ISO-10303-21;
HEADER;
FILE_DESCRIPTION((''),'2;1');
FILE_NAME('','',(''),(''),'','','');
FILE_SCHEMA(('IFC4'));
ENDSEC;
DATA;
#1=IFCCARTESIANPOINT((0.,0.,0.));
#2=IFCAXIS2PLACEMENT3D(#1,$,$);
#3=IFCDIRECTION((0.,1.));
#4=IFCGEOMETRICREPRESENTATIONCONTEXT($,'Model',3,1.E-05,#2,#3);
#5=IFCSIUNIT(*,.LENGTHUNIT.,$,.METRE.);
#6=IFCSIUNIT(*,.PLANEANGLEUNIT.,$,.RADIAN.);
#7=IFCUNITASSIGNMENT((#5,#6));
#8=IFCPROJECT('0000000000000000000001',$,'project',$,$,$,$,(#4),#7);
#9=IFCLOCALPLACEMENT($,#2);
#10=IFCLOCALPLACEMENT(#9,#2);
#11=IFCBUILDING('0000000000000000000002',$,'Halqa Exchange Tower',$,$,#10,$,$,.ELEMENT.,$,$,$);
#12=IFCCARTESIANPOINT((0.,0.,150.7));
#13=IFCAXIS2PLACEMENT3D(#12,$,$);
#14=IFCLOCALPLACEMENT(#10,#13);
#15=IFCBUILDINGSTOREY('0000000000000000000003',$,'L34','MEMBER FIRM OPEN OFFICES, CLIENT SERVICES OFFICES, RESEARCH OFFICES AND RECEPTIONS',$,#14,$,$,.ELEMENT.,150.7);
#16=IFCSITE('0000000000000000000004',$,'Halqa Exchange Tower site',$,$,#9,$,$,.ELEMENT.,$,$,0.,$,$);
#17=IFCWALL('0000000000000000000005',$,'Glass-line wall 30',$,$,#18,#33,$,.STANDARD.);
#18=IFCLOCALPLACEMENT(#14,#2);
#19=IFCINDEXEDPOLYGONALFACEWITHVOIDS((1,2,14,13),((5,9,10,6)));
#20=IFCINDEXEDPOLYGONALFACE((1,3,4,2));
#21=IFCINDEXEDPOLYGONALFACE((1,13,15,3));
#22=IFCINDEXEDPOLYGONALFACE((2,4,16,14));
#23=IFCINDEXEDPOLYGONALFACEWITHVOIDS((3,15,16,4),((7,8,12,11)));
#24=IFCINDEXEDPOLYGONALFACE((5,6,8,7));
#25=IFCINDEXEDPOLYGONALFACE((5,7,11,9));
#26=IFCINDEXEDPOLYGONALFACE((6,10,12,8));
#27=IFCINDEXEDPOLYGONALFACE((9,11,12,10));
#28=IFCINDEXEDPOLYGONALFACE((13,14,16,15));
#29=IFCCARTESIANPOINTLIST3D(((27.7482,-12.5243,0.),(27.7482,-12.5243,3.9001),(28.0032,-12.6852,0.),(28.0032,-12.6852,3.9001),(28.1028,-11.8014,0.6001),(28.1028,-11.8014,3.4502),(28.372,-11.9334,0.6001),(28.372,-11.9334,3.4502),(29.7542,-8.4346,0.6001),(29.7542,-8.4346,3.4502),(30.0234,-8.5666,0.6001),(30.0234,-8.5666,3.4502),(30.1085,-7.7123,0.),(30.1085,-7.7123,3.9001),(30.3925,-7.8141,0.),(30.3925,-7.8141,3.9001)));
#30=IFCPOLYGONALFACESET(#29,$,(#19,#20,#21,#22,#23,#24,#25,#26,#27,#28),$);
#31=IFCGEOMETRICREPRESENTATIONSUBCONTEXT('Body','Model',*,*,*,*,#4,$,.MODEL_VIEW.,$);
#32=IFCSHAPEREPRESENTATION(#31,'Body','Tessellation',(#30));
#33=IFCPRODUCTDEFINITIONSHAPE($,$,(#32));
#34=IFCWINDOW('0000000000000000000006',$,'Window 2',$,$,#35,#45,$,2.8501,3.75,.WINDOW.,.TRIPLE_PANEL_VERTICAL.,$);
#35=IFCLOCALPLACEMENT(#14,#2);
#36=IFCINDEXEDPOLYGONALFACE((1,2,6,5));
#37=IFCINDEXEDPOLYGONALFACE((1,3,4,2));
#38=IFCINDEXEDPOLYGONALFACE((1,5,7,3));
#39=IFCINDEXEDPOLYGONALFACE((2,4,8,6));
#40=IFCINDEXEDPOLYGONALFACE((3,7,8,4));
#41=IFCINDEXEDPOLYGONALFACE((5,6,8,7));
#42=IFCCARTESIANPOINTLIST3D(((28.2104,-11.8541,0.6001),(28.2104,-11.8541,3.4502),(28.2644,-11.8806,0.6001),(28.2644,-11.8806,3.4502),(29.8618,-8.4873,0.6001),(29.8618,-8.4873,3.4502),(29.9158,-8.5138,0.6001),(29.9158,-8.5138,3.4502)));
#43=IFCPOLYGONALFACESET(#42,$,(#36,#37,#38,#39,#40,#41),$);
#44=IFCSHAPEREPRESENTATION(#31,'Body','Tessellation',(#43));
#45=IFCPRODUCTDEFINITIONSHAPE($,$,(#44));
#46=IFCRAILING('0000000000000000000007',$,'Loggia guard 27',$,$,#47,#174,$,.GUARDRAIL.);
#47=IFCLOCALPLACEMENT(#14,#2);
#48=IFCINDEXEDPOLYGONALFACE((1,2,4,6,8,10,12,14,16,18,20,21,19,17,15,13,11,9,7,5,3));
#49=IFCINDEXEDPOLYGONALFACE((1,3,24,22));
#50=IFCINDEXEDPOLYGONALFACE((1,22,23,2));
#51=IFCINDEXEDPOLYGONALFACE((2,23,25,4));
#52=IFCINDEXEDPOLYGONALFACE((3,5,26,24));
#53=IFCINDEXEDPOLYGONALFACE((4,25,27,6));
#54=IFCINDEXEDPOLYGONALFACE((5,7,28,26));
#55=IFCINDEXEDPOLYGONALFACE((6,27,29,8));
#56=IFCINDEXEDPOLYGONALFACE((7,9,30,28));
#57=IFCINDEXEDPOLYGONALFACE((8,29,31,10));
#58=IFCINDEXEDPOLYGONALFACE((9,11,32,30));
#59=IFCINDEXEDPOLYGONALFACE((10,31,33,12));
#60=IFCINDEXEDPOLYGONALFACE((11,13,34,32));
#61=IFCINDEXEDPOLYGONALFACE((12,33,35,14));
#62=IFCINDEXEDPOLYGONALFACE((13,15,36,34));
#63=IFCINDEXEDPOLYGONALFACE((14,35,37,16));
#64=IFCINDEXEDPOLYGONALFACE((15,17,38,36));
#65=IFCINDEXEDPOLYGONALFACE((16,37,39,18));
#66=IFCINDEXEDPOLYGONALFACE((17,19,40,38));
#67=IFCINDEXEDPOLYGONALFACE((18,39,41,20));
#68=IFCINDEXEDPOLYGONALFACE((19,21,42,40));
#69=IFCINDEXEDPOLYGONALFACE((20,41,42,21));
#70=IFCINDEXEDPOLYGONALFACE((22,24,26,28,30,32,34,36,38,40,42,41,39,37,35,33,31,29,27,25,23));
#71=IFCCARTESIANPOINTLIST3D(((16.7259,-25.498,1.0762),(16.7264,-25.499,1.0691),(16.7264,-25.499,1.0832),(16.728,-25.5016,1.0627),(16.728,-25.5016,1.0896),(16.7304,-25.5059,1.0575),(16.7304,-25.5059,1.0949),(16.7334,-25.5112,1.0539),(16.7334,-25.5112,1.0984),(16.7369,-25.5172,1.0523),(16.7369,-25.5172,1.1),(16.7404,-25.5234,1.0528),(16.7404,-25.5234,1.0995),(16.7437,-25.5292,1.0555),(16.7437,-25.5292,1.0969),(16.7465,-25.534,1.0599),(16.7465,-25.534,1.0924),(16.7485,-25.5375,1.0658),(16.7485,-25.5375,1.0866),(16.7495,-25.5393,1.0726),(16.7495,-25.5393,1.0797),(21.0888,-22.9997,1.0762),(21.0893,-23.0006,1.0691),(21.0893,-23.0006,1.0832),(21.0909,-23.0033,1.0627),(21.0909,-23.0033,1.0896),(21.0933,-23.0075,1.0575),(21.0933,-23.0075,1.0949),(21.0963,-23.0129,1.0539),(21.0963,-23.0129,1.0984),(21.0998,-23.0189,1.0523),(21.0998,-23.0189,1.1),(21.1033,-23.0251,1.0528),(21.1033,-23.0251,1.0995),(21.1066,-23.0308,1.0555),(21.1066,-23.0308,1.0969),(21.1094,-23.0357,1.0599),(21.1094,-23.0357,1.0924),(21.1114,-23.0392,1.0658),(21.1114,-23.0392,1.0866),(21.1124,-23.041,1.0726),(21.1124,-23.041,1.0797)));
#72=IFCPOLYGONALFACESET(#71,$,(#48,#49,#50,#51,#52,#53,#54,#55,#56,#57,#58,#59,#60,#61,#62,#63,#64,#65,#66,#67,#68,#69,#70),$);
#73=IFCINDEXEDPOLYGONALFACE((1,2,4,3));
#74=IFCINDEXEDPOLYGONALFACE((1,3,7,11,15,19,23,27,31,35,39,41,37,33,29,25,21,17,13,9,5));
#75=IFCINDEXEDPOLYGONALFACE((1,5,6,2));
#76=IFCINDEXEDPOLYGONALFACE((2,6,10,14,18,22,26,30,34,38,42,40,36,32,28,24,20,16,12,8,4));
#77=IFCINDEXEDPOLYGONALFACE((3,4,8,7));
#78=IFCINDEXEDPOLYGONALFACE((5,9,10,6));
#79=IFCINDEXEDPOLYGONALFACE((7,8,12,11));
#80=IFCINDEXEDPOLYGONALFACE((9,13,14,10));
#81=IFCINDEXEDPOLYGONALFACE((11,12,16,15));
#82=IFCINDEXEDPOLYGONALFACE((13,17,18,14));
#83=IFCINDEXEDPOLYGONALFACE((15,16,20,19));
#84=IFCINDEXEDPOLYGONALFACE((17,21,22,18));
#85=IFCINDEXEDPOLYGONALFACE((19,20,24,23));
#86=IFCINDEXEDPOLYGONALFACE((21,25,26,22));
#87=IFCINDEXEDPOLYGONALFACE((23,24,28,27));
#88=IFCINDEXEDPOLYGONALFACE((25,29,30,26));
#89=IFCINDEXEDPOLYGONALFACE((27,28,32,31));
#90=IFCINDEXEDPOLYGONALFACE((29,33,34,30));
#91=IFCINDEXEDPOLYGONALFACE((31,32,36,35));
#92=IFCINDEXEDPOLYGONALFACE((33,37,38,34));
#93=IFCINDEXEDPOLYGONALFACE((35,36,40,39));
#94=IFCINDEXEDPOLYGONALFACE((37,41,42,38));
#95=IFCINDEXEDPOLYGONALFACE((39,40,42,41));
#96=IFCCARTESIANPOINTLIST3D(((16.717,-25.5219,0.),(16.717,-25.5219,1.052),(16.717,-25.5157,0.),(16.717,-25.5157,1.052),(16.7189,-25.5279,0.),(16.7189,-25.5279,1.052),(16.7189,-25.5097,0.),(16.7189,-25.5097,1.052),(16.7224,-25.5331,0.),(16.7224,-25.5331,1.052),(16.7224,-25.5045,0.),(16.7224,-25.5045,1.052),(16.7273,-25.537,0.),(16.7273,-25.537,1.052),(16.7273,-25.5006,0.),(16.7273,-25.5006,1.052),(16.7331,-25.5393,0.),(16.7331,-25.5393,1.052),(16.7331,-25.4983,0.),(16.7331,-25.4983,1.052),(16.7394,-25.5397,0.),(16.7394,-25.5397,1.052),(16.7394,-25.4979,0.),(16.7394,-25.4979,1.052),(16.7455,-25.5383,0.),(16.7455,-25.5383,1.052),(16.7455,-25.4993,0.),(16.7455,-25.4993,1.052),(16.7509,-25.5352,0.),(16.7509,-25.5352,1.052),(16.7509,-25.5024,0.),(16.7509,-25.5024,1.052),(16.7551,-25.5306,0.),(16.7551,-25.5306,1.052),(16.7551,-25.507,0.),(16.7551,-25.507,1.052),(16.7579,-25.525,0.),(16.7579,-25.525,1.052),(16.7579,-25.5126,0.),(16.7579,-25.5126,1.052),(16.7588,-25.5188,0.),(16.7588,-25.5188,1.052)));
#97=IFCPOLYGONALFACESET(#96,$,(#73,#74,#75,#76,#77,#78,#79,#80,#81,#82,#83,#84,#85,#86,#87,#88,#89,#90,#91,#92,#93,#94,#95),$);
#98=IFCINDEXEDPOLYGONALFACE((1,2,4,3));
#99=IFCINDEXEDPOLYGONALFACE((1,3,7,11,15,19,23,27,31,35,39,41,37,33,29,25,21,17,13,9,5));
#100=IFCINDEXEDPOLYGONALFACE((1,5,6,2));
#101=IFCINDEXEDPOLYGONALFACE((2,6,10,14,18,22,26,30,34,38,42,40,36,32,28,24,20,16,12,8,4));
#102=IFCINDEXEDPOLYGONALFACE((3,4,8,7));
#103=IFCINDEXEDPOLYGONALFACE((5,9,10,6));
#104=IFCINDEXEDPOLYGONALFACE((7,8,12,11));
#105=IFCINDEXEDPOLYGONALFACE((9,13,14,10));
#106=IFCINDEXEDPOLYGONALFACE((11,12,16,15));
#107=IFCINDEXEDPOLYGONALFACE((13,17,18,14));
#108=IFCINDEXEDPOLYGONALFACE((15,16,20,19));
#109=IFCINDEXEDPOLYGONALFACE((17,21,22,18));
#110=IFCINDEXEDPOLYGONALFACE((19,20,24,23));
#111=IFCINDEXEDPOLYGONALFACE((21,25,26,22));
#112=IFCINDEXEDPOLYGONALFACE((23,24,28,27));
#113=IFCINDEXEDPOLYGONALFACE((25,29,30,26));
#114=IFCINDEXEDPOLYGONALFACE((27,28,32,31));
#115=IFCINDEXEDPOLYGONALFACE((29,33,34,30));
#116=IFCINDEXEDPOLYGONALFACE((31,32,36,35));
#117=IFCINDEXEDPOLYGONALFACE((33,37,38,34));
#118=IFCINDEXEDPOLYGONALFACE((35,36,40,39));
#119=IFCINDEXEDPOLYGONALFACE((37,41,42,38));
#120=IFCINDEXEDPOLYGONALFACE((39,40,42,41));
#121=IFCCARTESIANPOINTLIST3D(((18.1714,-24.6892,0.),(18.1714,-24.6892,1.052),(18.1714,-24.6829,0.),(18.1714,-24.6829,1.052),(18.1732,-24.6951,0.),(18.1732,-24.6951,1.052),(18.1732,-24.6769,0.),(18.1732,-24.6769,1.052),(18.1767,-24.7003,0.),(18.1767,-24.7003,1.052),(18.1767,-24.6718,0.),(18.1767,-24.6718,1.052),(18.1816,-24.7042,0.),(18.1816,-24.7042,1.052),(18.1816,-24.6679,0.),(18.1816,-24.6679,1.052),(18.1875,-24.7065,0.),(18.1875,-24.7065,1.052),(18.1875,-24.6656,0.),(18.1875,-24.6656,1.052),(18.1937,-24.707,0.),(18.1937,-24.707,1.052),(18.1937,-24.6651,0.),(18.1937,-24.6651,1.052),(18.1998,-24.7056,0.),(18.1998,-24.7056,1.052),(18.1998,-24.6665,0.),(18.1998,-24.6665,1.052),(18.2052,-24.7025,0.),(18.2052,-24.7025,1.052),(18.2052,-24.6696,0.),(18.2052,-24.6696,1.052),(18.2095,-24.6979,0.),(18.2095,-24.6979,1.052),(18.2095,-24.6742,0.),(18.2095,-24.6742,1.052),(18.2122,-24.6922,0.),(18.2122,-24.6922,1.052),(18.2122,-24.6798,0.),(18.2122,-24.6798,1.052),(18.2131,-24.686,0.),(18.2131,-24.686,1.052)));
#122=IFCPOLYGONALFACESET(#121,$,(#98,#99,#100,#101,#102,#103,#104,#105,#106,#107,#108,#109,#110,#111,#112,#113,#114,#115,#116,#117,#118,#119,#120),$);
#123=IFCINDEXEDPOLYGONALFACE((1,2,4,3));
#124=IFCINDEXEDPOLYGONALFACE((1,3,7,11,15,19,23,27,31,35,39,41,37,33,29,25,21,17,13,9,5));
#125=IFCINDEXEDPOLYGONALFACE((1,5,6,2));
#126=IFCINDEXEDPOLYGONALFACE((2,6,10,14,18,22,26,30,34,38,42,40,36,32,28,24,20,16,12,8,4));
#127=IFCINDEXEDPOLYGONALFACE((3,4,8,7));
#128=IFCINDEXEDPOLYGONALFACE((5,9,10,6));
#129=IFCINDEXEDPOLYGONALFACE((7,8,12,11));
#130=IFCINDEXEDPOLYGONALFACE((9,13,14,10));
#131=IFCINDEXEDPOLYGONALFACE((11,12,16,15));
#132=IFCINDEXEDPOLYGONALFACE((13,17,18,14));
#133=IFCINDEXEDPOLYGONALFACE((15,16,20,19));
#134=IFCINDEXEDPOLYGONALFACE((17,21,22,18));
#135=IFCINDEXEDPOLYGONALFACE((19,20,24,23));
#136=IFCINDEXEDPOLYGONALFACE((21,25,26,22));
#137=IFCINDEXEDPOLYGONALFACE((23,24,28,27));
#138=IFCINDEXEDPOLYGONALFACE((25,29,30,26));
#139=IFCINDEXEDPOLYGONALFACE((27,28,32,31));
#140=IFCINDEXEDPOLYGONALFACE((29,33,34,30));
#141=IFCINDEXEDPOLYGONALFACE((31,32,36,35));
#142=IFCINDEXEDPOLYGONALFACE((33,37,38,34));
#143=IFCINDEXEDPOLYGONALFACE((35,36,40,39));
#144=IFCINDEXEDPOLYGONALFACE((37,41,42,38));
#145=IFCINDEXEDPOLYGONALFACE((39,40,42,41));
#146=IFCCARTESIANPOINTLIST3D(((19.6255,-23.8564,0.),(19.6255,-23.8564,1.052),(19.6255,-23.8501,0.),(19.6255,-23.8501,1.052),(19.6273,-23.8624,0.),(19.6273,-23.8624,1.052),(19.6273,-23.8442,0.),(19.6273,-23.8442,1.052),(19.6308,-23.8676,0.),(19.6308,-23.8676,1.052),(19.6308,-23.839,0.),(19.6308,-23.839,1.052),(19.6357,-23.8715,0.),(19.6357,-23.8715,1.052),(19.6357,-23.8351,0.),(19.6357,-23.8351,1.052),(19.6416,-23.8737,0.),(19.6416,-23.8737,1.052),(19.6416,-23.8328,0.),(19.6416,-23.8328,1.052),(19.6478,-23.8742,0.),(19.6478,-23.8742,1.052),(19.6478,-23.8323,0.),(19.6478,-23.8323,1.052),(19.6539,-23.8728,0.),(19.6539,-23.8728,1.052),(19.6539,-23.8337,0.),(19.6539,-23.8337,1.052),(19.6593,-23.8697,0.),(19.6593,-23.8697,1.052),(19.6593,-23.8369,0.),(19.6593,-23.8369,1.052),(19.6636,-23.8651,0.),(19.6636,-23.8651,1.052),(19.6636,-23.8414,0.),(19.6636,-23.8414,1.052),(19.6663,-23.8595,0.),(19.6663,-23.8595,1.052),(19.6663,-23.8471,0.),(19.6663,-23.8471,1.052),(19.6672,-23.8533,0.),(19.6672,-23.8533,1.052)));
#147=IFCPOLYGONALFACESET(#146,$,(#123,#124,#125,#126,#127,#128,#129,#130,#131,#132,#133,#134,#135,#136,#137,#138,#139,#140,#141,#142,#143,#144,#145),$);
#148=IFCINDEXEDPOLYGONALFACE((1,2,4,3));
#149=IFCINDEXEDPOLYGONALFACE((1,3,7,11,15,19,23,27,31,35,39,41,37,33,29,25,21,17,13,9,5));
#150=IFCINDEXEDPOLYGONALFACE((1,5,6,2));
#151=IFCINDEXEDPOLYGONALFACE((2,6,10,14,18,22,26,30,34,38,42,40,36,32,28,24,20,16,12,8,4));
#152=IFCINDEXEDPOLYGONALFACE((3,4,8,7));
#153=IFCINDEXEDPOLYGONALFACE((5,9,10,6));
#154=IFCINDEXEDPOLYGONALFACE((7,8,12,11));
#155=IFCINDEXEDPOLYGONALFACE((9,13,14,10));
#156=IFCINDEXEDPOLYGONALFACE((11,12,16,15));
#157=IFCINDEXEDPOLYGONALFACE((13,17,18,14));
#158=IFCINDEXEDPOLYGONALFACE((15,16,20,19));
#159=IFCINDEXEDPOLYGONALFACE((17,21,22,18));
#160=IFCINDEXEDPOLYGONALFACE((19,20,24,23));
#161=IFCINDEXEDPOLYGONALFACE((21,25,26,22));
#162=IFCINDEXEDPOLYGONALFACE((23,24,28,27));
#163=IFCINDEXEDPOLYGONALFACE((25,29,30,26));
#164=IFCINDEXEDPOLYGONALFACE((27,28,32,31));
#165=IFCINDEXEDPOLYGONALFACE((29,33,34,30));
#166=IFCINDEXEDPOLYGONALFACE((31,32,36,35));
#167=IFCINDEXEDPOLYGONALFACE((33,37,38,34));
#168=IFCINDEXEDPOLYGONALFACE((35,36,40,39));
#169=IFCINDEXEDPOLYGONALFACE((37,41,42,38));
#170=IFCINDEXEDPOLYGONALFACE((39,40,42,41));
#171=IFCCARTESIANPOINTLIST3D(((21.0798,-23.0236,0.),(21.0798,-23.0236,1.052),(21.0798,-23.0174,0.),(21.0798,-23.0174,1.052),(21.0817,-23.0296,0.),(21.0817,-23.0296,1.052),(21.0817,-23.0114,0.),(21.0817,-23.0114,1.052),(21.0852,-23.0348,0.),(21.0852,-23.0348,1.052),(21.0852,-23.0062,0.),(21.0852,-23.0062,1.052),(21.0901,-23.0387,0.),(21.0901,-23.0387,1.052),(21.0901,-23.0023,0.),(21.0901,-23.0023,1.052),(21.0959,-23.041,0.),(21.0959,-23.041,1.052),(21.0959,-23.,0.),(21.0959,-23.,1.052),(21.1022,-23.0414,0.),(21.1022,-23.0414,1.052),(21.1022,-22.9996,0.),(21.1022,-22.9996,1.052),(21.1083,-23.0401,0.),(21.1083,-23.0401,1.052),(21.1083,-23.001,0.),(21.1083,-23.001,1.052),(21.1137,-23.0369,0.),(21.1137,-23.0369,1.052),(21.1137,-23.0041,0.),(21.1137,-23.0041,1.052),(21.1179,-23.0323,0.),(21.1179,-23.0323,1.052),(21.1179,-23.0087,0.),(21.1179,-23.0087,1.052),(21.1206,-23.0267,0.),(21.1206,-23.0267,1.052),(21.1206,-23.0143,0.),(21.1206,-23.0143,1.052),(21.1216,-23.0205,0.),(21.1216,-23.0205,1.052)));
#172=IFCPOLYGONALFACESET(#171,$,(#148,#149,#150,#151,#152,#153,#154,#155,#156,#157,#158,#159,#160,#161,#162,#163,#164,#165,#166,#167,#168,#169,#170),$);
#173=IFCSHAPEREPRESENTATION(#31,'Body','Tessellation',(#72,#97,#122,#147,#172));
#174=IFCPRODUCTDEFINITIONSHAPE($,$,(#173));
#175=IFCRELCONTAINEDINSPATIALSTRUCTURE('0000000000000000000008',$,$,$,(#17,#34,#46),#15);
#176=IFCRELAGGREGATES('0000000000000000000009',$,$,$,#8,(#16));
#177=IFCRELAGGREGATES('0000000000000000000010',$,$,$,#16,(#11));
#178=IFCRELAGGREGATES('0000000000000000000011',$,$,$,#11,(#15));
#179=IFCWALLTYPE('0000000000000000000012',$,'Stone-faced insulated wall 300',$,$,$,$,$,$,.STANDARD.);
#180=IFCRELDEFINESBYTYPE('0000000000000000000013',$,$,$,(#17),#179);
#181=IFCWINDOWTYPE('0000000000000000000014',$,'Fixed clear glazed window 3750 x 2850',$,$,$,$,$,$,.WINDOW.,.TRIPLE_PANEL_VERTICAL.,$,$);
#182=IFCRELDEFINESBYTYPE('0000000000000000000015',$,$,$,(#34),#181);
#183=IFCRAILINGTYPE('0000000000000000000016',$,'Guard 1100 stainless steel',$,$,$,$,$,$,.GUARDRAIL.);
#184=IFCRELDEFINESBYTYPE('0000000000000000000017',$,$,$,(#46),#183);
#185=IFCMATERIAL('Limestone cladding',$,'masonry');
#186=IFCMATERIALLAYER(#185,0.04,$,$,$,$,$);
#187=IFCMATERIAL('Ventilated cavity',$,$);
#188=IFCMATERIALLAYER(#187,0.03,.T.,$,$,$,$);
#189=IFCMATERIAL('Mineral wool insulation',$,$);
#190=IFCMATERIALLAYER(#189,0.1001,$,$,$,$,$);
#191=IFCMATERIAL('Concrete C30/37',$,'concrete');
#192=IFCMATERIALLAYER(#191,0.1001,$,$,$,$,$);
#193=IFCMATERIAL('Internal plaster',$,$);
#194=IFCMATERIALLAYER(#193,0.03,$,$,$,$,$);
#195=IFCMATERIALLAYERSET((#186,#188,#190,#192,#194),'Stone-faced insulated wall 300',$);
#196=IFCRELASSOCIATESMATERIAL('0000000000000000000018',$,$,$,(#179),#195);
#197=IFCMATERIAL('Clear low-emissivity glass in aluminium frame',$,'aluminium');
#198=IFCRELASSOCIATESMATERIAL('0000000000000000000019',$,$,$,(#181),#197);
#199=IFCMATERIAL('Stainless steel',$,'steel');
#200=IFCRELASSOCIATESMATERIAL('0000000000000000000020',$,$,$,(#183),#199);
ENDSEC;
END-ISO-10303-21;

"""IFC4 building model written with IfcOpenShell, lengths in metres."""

from ifc_helpers import new_model, si_unit, direction, frame, frame_2d, origin, origin_2d, place, context, subcontext, project, spatial, polyline, rectangle, circle, outline, extrude, material, layer, layer_set, type_object, element, fill, save


model = new_model("IFC4")

# Units and contexts
model_context = context("Model", 3, precision=1e-05, world=origin(), true_north=direction((0.0, 1.0)))
body_context = subcontext(model_context, "Body", "Model", "MODEL_VIEW")
ifc_project = project(units=[si_unit("LENGTHUNIT", "METRE"), si_unit("PLANEANGLEUNIT", "RADIAN")], contexts=[model_context])

# Site, building, storey
site_placement = place(None, origin())
site = spatial("IfcSite", under=ifc_project, at=site_placement, Name="Halqa Exchange Tower site", CompositionType="ELEMENT", RefElevation=0.0)
building_placement = place(site_placement, origin())
building = spatial("IfcBuilding", under=site, at=building_placement, Name="Halqa Exchange Tower", CompositionType="ELEMENT")
storey_placement = place(building_placement, frame((0.0, 0.0, 150.7)))
storey = spatial("IfcBuildingStorey", under=building, at=storey_placement, Name="L34", Description="MEMBER FIRM OPEN OFFICES, CLIENT SERVICES OFFICES, RESEARCH OFFICES AND RECEPTIONS", CompositionType="ELEMENT", Elevation=150.7)

# Shared definitions
ifc_material_1 = material(Name="Limestone cladding", Category="masonry")
ifc_layer_1 = layer(ifc_material_1, 0.04)
ifc_material_2 = material(Name="Ventilated cavity")
ifc_layer_2 = layer(ifc_material_2, 0.03, ventilated=True)
ifc_material_3 = material(Name="Mineral wool insulation")
ifc_layer_3 = layer(ifc_material_3, 0.1001)
ifc_material_4 = material(Name="Concrete C30/37", Category="concrete")
ifc_layer_4 = layer(ifc_material_4, 0.1001)
ifc_material_5 = material(Name="Internal plaster")
ifc_layer_5 = layer(ifc_material_5, 0.03)
ifc_layer_set_1 = layer_set([ifc_layer_1, ifc_layer_2, ifc_layer_3, ifc_layer_4, ifc_layer_5], Name="Stone-faced insulated wall 300")
wall_type_1 = type_object("IfcWallType", Name="Stone-faced insulated wall 300", PredefinedType="STANDARD", material=ifc_layer_set_1)
ifc_material_6 = material(Name="Clear low-emissivity glass in aluminium frame", Category="aluminium")
window_type = type_object("IfcWindowType", Name="Fixed clear glazed window 3750 x 2850", PartitioningType="TRIPLE_PANEL_VERTICAL", PredefinedType="WINDOW", material=ifc_material_6)

# Wall, opening, window
wall_1_placement = place(storey_placement, frame((27.8757, -12.6047, 0.0), z_axis=(0.0, 0.0, 1.0), x_axis=(0.440373, 0.897815, 0.0)))
wall_1 = element("IfcWall", 1, at=wall_1_placement, inside=storey, type_object=wall_type_1, Name="Glass-line wall 30", PredefinedType="STANDARD", context=body_context, shape_type="SweptSolid", body=[
    extrude(outline(polyline([(-0.0161, -0.1499), (5.4094, -0.1499), (5.3757, 0.1499), (0.0161, 0.1499), (-0.0161, -0.1499)])), origin(), (0.0, 0.0, 1.0), 3.9001),
])
opening_1_placement = place(wall_1_placement, frame((0.8213, 0.0, 0.6001)))
opening_1 = element("IfcOpeningElement", 2, at=opening_1_placement, cuts=wall_1, PredefinedType="OPENING", context=body_context, shape_type="SweptSolid", body=[
    extrude(rectangle(XDim=3.75, YDim=2.8501, at=frame_2d((1.875, 1.425))), frame((0.0, 0.1621, 0.0), z_axis=(0.0, -1.0, 0.0), x_axis=(1.0, 0.0, 0.0)), (0.0, 0.0, 1.0), 0.324),
])
window_1_placement = place(opening_1_placement, origin())
window_1 = element("IfcWindow", 3, at=window_1_placement, inside=storey, type_object=window_type, Name="Window 2", OverallHeight=2.8501, OverallWidth=3.75, PartitioningType="TRIPLE_PANEL_VERTICAL", PredefinedType="WINDOW", context=body_context, shape_type="SweptSolid", body=[
    extrude(rectangle(XDim=3.75, YDim=2.8501, at=frame_2d((1.875, 1.425))), frame((0.0, 0.03, 0.0), z_axis=(0.0, -1.0, 0.0), x_axis=(1.0, 0.0, 0.0)), (0.0, 0.0, 1.0), 0.0601),
])
fill(opening_1, window_1)

# Railing
ifc_material_7 = material(Name="Stainless steel", Category="steel")
railing_type = type_object("IfcRailingType", Name="Guard 1100 stainless steel", PredefinedType="GUARDRAIL", material=ifc_material_7)
railing_1_placement = place(storey_placement, frame((16.7378, -25.5188, 0.0)))
element("IfcRailing", 4, at=railing_1_placement, inside=storey, type_object=railing_type, Name="Loggia guard 27", PredefinedType="GUARDRAIL", context=body_context, shape_type="SweptSolid", body=[
    extrude(circle(Radius=0.0239, at=origin_2d()), frame((0.0, 0.0, 1.0762), z_axis=(0.867792, 0.496928, 0.0), x_axis=(-0.496928, 0.867792, 0.0)), (0.0, 0.0, 1.0), 5.0276),
    extrude(circle(Radius=0.021, at=origin_2d()), origin(), (0.0, 0.0, 1.0), 1.052),
    extrude(circle(Radius=0.021, at=origin_2d()), frame((1.4543, 0.8328, 0.0)), (0.0, 0.0, 1.0), 1.052),
    extrude(circle(Radius=0.021, at=origin_2d()), frame((2.9084, 1.6655, 0.0)), (0.0, 0.0, 1.0), 1.052),
    extrude(circle(Radius=0.021, at=origin_2d()), frame((4.3628, 2.4983, 0.0)), (0.0, 0.0, 1.0), 1.052),
])

save(model, "model.ifc")
